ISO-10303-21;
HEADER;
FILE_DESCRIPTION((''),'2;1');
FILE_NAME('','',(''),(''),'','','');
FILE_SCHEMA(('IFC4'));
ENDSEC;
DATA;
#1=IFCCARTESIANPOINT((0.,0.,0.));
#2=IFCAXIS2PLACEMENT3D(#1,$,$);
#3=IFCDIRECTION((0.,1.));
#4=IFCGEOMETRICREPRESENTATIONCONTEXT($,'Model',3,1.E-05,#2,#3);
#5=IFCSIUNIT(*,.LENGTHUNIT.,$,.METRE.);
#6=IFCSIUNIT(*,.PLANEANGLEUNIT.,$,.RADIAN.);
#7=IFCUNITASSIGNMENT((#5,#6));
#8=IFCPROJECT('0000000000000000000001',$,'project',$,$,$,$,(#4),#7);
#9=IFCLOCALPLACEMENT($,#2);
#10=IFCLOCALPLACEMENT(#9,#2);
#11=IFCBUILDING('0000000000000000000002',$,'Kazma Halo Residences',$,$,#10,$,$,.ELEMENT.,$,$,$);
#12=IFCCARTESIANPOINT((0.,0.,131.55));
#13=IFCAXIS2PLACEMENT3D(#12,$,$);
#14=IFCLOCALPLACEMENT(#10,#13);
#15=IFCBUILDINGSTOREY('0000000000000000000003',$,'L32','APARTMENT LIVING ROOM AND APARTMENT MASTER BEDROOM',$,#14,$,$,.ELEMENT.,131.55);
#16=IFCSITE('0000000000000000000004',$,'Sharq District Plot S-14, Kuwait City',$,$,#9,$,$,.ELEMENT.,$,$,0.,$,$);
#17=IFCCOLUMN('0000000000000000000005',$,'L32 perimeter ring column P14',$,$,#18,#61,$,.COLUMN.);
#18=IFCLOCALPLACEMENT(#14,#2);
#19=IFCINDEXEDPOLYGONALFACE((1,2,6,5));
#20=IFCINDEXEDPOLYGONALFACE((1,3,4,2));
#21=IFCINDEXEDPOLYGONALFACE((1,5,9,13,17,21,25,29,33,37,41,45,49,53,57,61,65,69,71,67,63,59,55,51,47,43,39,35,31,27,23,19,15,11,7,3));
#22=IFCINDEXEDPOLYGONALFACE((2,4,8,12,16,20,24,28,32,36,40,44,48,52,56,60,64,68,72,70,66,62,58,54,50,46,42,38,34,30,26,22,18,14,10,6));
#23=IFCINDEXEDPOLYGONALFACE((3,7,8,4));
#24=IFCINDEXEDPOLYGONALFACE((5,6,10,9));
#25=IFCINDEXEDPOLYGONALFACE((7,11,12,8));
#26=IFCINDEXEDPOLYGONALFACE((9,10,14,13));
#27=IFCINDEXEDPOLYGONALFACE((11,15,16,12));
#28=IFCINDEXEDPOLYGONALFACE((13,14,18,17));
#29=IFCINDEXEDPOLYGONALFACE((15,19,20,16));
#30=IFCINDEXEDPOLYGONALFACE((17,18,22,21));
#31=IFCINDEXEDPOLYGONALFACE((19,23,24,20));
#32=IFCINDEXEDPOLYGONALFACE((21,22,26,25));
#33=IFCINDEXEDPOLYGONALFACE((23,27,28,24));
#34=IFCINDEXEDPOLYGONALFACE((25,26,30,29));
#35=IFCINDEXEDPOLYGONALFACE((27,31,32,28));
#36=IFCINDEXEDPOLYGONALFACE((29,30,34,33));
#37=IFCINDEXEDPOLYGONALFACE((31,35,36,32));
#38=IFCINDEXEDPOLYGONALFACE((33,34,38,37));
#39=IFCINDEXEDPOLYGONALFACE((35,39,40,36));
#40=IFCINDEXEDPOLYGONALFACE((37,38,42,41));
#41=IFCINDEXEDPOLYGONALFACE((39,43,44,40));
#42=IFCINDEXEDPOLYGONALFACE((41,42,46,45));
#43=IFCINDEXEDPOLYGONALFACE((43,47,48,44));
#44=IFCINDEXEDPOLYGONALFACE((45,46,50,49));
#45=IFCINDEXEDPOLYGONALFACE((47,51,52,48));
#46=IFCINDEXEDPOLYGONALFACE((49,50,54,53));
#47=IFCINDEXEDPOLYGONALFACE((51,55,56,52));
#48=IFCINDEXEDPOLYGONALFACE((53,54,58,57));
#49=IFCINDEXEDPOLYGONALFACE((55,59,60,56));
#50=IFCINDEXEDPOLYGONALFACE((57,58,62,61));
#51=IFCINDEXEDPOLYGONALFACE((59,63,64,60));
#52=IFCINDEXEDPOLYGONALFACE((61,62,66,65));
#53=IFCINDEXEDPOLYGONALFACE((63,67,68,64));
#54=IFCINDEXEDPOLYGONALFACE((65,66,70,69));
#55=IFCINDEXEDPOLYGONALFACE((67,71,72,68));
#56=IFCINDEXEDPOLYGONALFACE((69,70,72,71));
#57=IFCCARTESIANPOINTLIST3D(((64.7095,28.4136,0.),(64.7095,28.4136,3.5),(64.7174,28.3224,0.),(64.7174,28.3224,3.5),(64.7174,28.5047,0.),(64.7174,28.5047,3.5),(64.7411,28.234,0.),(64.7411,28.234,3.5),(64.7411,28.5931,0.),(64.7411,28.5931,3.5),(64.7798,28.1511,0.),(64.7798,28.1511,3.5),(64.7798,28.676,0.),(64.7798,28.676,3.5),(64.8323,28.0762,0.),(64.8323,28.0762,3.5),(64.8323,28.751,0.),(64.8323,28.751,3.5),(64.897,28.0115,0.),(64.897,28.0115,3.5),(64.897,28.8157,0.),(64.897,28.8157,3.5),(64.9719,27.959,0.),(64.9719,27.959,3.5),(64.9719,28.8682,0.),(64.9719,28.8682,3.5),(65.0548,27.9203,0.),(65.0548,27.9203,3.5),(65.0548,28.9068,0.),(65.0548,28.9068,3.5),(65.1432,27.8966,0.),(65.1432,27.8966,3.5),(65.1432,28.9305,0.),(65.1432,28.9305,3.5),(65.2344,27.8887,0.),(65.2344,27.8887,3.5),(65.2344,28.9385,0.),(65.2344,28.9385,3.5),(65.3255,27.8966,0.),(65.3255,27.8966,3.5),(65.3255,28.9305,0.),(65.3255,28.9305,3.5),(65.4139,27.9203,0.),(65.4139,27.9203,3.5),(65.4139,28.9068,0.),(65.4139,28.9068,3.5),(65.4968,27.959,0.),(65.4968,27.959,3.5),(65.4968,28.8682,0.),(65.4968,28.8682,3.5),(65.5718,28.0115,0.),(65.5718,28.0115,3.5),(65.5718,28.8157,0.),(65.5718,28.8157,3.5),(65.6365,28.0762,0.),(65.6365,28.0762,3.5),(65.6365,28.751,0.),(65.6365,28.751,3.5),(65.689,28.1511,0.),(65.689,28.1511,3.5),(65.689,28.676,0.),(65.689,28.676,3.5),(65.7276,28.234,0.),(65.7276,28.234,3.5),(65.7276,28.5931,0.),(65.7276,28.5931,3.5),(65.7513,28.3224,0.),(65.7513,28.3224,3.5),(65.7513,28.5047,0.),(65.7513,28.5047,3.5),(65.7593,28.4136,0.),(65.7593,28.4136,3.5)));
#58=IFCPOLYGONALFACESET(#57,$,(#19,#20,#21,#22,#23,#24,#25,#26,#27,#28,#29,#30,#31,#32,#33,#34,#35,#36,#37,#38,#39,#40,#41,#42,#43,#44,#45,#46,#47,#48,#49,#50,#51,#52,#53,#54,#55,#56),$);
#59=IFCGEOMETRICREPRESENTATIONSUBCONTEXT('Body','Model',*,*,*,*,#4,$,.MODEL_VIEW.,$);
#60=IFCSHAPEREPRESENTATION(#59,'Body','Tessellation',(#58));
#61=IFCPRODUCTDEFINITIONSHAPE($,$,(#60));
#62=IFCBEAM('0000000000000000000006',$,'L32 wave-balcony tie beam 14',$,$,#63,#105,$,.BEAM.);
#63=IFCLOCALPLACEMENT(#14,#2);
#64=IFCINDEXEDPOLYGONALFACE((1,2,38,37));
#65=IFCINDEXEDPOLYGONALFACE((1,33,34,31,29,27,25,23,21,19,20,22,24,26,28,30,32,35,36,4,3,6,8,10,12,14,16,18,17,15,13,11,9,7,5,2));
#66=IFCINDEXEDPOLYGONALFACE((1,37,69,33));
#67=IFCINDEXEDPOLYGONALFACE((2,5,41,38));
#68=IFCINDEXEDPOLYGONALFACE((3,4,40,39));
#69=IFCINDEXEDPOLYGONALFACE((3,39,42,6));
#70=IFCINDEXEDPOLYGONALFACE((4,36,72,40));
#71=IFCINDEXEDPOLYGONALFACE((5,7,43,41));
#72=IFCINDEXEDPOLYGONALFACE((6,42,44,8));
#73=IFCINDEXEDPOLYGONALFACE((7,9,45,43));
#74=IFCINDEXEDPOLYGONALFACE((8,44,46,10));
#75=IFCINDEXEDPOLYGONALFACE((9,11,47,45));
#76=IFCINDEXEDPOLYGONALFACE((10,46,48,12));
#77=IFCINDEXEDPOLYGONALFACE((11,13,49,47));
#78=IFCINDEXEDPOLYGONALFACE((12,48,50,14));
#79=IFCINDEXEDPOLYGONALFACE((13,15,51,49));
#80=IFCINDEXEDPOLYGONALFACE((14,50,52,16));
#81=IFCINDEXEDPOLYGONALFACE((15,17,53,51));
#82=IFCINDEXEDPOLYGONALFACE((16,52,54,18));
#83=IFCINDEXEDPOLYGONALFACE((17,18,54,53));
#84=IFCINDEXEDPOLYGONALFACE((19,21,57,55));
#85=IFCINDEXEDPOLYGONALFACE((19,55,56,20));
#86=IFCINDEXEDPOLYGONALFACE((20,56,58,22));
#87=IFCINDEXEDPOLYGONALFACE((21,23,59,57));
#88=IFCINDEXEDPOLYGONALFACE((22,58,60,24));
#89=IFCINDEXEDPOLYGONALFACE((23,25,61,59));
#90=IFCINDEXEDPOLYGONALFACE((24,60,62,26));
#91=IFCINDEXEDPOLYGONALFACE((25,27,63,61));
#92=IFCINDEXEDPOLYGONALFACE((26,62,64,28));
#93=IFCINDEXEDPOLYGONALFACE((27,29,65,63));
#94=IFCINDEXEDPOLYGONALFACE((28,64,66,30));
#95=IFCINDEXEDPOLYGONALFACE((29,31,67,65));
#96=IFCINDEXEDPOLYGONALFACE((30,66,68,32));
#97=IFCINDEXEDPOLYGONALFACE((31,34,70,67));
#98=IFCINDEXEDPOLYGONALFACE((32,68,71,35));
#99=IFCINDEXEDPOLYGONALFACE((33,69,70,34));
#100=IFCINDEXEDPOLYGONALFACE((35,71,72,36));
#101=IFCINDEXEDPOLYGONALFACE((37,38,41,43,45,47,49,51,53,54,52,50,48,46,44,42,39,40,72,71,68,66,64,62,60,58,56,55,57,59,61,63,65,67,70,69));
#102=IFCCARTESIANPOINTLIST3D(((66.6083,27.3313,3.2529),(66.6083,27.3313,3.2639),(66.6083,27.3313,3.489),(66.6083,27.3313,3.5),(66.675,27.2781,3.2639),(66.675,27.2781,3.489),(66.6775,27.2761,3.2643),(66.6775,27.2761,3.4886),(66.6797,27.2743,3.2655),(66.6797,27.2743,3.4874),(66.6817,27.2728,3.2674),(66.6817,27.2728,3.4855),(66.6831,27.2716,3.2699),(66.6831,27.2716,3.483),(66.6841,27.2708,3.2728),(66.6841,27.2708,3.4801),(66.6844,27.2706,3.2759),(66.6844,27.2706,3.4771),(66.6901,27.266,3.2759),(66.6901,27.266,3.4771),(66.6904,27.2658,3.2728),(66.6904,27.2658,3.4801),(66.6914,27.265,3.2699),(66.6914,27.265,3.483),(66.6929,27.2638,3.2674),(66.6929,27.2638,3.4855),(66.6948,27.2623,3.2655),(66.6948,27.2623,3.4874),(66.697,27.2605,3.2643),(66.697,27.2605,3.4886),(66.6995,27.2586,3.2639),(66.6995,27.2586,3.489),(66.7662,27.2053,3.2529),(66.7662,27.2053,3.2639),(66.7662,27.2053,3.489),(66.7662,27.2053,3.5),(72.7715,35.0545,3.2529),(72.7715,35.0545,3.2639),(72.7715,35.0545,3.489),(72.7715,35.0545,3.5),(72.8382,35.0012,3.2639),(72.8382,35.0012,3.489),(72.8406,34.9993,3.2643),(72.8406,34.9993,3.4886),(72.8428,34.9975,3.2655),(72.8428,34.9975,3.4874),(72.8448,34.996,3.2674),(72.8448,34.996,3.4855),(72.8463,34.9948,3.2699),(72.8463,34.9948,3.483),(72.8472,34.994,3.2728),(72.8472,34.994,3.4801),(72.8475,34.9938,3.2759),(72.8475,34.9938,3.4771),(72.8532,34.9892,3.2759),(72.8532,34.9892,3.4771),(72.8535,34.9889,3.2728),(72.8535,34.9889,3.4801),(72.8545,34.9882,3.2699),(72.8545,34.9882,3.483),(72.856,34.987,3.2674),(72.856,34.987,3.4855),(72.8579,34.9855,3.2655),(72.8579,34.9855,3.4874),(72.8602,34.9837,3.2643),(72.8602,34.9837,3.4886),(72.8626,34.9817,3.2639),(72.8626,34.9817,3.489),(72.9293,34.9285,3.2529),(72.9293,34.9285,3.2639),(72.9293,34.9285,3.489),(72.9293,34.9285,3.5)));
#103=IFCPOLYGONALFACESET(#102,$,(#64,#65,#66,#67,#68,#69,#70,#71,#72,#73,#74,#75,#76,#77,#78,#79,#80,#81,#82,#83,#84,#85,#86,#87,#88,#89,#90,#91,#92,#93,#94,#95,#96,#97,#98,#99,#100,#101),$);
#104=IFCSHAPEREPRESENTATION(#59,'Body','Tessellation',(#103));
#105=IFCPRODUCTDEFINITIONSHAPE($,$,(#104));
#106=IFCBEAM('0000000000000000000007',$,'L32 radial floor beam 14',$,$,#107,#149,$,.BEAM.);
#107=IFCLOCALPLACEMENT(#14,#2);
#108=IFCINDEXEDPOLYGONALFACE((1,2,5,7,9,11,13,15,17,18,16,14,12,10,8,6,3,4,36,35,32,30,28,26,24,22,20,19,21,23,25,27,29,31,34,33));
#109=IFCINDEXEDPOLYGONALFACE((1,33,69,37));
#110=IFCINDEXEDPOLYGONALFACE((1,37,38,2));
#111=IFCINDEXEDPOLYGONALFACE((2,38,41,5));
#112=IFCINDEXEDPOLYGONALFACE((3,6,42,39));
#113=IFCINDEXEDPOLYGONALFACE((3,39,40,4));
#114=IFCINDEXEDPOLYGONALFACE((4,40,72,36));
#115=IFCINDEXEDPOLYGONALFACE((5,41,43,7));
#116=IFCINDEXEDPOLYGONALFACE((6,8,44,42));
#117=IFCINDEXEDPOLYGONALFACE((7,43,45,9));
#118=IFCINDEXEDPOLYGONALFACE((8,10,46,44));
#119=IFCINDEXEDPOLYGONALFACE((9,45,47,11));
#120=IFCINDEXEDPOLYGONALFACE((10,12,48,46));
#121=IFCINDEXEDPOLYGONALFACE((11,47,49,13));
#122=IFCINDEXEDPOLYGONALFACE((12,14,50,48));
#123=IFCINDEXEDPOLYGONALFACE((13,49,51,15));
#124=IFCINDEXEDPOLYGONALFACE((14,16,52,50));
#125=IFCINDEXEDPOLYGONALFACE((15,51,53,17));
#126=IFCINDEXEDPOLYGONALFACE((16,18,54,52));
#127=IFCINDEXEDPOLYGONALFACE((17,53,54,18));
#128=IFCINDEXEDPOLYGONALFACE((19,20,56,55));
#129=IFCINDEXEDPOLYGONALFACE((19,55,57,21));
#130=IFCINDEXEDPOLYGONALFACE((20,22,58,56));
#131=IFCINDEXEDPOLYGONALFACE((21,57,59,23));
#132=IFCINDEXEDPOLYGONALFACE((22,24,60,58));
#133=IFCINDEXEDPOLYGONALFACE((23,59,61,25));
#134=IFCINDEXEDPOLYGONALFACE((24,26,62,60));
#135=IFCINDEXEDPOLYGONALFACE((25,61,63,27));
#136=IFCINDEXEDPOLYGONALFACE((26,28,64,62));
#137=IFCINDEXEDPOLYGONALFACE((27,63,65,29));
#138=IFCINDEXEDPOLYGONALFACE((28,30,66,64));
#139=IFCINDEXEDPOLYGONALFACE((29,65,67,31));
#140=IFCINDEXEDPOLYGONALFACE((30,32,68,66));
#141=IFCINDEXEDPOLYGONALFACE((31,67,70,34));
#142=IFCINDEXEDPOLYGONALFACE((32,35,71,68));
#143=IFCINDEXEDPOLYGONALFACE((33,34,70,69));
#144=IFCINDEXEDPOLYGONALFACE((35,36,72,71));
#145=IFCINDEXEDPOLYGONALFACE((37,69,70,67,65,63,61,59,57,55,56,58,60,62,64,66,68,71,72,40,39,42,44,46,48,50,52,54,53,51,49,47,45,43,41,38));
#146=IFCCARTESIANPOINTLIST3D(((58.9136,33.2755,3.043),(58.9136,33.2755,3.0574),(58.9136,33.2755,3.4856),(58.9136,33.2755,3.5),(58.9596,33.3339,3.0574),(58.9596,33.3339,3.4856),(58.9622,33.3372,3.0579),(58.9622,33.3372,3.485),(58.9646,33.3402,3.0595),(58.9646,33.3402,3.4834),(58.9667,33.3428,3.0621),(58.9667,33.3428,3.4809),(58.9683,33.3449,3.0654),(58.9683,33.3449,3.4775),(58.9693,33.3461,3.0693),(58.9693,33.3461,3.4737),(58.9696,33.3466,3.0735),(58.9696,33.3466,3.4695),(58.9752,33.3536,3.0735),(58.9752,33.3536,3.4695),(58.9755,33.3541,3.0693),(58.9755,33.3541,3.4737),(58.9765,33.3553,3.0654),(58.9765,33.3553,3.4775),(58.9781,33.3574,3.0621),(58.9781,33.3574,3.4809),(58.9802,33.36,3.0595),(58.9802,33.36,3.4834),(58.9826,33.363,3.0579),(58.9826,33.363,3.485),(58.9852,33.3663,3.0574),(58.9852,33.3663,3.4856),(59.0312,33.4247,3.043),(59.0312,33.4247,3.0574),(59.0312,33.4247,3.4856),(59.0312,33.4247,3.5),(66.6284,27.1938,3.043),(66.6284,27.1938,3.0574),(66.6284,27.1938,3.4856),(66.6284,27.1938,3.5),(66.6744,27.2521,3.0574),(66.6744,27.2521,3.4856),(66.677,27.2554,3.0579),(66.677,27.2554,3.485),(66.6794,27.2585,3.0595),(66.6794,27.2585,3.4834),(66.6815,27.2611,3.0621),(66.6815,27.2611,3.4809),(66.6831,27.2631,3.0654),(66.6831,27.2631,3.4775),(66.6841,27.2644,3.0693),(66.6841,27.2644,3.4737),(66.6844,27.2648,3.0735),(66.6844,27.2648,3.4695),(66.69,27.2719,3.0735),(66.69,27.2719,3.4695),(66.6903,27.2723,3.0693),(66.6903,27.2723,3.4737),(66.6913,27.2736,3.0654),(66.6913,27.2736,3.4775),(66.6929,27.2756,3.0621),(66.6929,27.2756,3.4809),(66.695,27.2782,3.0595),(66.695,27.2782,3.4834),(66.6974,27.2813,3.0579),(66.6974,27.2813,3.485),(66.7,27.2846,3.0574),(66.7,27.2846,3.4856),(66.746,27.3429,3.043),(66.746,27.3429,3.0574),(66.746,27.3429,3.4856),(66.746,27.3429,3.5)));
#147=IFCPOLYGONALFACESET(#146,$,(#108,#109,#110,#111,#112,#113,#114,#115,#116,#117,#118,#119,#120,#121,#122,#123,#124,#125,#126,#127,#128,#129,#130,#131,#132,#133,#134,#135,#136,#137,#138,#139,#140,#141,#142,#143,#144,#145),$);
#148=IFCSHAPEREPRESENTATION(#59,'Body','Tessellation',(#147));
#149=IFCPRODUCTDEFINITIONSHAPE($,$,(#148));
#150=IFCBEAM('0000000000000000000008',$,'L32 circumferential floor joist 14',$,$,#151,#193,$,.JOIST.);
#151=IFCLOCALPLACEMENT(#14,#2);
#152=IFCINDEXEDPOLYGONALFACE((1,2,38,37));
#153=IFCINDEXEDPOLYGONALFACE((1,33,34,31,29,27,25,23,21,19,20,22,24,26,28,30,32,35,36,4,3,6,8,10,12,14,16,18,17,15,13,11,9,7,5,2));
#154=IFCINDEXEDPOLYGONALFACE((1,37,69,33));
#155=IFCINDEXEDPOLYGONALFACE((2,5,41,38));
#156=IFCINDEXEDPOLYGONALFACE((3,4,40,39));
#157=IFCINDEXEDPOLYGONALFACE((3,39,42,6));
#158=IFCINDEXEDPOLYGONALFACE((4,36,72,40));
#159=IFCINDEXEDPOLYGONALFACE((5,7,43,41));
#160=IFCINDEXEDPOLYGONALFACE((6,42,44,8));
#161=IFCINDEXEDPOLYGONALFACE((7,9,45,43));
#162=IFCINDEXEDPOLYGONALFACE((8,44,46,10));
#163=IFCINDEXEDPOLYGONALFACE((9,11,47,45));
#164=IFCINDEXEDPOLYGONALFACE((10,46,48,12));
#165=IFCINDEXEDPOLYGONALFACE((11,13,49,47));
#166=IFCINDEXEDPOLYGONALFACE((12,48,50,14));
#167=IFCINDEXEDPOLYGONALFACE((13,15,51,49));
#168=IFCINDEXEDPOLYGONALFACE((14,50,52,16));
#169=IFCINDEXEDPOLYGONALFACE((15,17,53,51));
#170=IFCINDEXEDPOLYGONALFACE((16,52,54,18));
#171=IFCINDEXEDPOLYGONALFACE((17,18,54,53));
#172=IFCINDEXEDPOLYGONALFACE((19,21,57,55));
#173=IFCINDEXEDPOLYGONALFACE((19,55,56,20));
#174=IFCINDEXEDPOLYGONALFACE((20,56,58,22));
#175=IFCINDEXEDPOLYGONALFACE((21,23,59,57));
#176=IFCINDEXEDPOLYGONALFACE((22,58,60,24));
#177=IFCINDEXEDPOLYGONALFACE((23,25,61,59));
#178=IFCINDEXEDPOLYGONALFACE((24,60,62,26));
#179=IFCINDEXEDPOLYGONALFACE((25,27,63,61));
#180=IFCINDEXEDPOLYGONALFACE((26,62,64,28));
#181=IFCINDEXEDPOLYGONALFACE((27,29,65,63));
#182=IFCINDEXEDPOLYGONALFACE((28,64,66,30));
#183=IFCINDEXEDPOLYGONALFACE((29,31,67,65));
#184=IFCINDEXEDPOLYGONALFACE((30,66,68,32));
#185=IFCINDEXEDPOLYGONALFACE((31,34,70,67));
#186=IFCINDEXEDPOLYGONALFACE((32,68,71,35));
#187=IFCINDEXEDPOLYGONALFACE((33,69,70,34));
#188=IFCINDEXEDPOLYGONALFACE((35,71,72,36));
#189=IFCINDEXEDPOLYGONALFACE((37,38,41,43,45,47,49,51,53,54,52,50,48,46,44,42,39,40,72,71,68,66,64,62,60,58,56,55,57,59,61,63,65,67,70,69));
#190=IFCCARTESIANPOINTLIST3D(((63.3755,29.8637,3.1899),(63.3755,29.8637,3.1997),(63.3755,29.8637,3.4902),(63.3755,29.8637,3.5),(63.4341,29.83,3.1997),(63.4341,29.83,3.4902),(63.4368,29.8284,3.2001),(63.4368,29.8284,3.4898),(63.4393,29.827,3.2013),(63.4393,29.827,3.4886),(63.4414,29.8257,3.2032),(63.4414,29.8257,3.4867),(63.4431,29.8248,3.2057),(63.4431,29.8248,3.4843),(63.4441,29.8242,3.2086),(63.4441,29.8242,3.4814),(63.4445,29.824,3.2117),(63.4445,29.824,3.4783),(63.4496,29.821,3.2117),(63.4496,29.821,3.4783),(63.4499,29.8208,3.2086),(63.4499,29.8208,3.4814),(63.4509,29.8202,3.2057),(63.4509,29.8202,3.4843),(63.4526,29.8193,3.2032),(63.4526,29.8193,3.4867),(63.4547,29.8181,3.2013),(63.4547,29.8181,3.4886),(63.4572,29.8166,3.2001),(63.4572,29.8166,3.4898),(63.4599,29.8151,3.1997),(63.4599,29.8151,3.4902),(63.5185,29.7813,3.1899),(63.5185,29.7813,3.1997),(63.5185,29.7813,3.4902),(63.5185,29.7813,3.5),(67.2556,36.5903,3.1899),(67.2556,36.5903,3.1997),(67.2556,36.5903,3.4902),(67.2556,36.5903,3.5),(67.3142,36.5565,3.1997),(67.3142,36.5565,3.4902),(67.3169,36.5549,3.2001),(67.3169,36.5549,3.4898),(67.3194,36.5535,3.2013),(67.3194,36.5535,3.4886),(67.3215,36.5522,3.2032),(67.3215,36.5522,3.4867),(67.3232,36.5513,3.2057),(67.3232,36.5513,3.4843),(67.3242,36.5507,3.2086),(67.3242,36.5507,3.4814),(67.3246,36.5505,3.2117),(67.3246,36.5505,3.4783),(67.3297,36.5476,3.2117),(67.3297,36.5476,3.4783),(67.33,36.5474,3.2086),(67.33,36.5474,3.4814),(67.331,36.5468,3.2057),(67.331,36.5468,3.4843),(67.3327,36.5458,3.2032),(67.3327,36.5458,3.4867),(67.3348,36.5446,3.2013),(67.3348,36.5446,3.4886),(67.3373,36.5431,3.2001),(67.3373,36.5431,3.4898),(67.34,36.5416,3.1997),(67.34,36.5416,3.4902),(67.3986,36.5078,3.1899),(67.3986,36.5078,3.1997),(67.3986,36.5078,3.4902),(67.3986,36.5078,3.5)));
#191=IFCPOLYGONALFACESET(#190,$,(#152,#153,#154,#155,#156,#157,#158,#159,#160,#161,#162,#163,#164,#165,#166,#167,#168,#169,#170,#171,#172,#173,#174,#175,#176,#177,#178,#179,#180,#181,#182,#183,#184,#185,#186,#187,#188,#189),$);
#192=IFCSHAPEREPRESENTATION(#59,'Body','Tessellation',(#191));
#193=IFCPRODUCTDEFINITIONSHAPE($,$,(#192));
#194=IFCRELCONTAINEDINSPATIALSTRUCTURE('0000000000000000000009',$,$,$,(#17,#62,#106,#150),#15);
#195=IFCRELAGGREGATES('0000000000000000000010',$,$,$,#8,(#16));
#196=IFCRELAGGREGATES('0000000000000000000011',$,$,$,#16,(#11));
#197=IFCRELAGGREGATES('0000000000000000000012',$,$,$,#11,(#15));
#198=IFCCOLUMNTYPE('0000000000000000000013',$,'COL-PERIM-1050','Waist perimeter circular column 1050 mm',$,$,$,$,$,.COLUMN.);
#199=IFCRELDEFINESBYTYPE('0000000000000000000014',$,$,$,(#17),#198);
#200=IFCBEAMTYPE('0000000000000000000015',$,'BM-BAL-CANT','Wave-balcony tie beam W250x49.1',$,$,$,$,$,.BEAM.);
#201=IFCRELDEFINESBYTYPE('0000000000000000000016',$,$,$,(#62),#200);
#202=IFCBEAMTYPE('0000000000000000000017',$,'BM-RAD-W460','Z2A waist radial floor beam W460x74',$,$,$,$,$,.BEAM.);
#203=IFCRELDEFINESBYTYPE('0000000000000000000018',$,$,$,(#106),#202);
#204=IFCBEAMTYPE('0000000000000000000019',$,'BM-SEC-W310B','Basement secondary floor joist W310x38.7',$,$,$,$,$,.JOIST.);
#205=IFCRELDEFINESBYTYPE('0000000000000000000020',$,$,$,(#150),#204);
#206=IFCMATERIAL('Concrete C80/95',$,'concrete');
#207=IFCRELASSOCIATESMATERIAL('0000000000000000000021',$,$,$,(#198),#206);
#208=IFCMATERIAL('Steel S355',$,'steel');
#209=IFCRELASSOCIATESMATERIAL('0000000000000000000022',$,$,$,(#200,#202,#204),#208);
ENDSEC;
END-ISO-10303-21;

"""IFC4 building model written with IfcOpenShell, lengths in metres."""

from ifc_helpers import new_model, si_unit, direction, frame, origin, origin_2d, place, context, subcontext, project, spatial, circle, i_section, extrude, material, material_profile, profile_set, type_object, element, save


model = new_model("IFC4")

# Units and contexts
model_context = context("Model", 3, precision=1e-05, world=origin(), true_north=direction((0.0, 1.0)))
body_context = subcontext(model_context, "Body", "Model", "MODEL_VIEW")
ifc_project = project(units=[si_unit("LENGTHUNIT", "METRE"), si_unit("PLANEANGLEUNIT", "RADIAN")], contexts=[model_context])

# Site, building, storey
site_placement = place(None, origin())
site = spatial("IfcSite", under=ifc_project, at=site_placement, Name="Sharq District Plot S-14, Kuwait City", CompositionType="ELEMENT", RefElevation=0.0)
building_placement = place(site_placement, origin())
building = spatial("IfcBuilding", under=site, at=building_placement, Name="Kazma Halo Residences", CompositionType="ELEMENT")
storey_placement = place(building_placement, frame((0.0, 0.0, 131.55)))
storey = spatial("IfcBuildingStorey", under=building, at=storey_placement, Name="L32", Description="APARTMENT LIVING ROOM AND APARTMENT MASTER BEDROOM", CompositionType="ELEMENT", Elevation=131.55)

# Column
ifc_material_1 = material(Name="Concrete C80/95", Category="concrete")
ifc_material_profile_1 = material_profile(ifc_material_1, circle(Radius=0.5249, at=origin_2d()), Name="CIRC1050")
ifc_profile_set_1 = profile_set([ifc_material_profile_1], Name="Concrete C80/95")
column_type = type_object("IfcColumnType", Name="COL-PERIM-1050", Description="Waist perimeter circular column 1050 mm", PredefinedType="COLUMN", material=ifc_profile_set_1)
column_placement = place(storey_placement, frame((65.2344, 28.4136, 0.0), z_axis=(0.0, 0.0, 1.0), x_axis=(1.0, 0.0, 0.0)))
element("IfcColumn", 1, at=column_placement, inside=storey, type_object=column_type, Name="L32 perimeter ring column P14", PredefinedType="COLUMN", context=body_context, shape_type="SweptSolid", body=[
    extrude(circle(Radius=0.5249, at=origin_2d()), origin(), (0.0, 0.0, 1.0), 3.5),
])

# Beams
ifc_material_2 = material(Name="Steel S355", Category="steel")
ifc_material_profile_2 = material_profile(ifc_material_2, i_section(OverallWidth=0.2019, OverallDepth=0.2471, WebThickness=0.0073, FlangeThickness=0.011, FilletRadius=0.012, at=origin_2d()), Name="W250x49.1")
ifc_profile_set_2 = profile_set([ifc_material_profile_2], Name="Steel S355")
beam_type_1 = type_object("IfcBeamType", Name="BM-BAL-CANT", Description="Wave-balcony tie beam W250x49.1", PredefinedType="BEAM", material=ifc_profile_set_2)
beam_1_placement = place(storey_placement, frame((66.6873, 27.2683, 3.3765), z_axis=(0.623742, 0.78163, 0.0), x_axis=(-0.78163, 0.623742, 0.0)))
element("IfcBeam", 2, at=beam_1_placement, inside=storey, type_object=beam_type_1, Name="L32 wave-balcony tie beam 14", PredefinedType="BEAM", context=body_context, shape_type="SweptSolid", body=[
    extrude(i_section(OverallWidth=0.2019, OverallDepth=0.2471, WebThickness=0.0073, FlangeThickness=0.011, FilletRadius=0.012, at=origin_2d()), origin(), (0.0, 0.0, 1.0), 9.8809),
])
ifc_material_profile_3 = material_profile(ifc_material_2, i_section(OverallWidth=0.1899, OverallDepth=0.457, WebThickness=0.009, FlangeThickness=0.0144, FilletRadius=0.0161, at=origin_2d()), Name="W460x74")
ifc_profile_set_3 = profile_set([ifc_material_profile_3], Name="Steel S355")
beam_type_2 = type_object("IfcBeamType", Name="BM-RAD-W460", Description="Z2A waist radial floor beam W460x74", PredefinedType="BEAM", material=ifc_profile_set_3)
beam_2_placement = place(storey_placement, frame((58.9724, 33.3501, 3.2715), z_axis=(0.785322, -0.619087, 0.0), x_axis=(0.619087, 0.785322, 0.0)))
element("IfcBeam", 3, at=beam_2_placement, inside=storey, type_object=beam_type_2, Name="L32 radial floor beam 14", PredefinedType="BEAM", context=body_context, shape_type="SweptSolid", body=[
    extrude(i_section(OverallWidth=0.1899, OverallDepth=0.457, WebThickness=0.009, FlangeThickness=0.0144, FilletRadius=0.0161, at=origin_2d()), origin(), (0.0, 0.0, 1.0), 9.8237),
])
ifc_material_profile_4 = material_profile(ifc_material_2, i_section(OverallWidth=0.165, OverallDepth=0.3101, WebThickness=0.0059, FlangeThickness=0.0098, FilletRadius=0.012, at=origin_2d()), Name="W310x38.7")
ifc_profile_set_4 = profile_set([ifc_material_profile_4], Name="Steel S355")
beam_type_3 = type_object("IfcBeamType", Name="BM-SEC-W310B", Description="Basement secondary floor joist W310x38.7", PredefinedType="JOIST", material=ifc_profile_set_4)
beam_3_placement = place(storey_placement, frame((63.447, 29.8225, 3.345), z_axis=(0.499666, 0.866218, 0.0), x_axis=(-0.866218, 0.499666, 0.0)))
element("IfcBeam", 4, at=beam_3_placement, inside=storey, type_object=beam_type_3, Name="L32 circumferential floor joist 14", PredefinedType="JOIST", context=body_context, shape_type="SweptSolid", body=[
    extrude(i_section(OverallWidth=0.165, OverallDepth=0.3101, WebThickness=0.0059, FlangeThickness=0.0098, FilletRadius=0.012, at=origin_2d()), origin(), (0.0, 0.0, 1.0), 7.7654),
])

save(model, "model.ifc")
